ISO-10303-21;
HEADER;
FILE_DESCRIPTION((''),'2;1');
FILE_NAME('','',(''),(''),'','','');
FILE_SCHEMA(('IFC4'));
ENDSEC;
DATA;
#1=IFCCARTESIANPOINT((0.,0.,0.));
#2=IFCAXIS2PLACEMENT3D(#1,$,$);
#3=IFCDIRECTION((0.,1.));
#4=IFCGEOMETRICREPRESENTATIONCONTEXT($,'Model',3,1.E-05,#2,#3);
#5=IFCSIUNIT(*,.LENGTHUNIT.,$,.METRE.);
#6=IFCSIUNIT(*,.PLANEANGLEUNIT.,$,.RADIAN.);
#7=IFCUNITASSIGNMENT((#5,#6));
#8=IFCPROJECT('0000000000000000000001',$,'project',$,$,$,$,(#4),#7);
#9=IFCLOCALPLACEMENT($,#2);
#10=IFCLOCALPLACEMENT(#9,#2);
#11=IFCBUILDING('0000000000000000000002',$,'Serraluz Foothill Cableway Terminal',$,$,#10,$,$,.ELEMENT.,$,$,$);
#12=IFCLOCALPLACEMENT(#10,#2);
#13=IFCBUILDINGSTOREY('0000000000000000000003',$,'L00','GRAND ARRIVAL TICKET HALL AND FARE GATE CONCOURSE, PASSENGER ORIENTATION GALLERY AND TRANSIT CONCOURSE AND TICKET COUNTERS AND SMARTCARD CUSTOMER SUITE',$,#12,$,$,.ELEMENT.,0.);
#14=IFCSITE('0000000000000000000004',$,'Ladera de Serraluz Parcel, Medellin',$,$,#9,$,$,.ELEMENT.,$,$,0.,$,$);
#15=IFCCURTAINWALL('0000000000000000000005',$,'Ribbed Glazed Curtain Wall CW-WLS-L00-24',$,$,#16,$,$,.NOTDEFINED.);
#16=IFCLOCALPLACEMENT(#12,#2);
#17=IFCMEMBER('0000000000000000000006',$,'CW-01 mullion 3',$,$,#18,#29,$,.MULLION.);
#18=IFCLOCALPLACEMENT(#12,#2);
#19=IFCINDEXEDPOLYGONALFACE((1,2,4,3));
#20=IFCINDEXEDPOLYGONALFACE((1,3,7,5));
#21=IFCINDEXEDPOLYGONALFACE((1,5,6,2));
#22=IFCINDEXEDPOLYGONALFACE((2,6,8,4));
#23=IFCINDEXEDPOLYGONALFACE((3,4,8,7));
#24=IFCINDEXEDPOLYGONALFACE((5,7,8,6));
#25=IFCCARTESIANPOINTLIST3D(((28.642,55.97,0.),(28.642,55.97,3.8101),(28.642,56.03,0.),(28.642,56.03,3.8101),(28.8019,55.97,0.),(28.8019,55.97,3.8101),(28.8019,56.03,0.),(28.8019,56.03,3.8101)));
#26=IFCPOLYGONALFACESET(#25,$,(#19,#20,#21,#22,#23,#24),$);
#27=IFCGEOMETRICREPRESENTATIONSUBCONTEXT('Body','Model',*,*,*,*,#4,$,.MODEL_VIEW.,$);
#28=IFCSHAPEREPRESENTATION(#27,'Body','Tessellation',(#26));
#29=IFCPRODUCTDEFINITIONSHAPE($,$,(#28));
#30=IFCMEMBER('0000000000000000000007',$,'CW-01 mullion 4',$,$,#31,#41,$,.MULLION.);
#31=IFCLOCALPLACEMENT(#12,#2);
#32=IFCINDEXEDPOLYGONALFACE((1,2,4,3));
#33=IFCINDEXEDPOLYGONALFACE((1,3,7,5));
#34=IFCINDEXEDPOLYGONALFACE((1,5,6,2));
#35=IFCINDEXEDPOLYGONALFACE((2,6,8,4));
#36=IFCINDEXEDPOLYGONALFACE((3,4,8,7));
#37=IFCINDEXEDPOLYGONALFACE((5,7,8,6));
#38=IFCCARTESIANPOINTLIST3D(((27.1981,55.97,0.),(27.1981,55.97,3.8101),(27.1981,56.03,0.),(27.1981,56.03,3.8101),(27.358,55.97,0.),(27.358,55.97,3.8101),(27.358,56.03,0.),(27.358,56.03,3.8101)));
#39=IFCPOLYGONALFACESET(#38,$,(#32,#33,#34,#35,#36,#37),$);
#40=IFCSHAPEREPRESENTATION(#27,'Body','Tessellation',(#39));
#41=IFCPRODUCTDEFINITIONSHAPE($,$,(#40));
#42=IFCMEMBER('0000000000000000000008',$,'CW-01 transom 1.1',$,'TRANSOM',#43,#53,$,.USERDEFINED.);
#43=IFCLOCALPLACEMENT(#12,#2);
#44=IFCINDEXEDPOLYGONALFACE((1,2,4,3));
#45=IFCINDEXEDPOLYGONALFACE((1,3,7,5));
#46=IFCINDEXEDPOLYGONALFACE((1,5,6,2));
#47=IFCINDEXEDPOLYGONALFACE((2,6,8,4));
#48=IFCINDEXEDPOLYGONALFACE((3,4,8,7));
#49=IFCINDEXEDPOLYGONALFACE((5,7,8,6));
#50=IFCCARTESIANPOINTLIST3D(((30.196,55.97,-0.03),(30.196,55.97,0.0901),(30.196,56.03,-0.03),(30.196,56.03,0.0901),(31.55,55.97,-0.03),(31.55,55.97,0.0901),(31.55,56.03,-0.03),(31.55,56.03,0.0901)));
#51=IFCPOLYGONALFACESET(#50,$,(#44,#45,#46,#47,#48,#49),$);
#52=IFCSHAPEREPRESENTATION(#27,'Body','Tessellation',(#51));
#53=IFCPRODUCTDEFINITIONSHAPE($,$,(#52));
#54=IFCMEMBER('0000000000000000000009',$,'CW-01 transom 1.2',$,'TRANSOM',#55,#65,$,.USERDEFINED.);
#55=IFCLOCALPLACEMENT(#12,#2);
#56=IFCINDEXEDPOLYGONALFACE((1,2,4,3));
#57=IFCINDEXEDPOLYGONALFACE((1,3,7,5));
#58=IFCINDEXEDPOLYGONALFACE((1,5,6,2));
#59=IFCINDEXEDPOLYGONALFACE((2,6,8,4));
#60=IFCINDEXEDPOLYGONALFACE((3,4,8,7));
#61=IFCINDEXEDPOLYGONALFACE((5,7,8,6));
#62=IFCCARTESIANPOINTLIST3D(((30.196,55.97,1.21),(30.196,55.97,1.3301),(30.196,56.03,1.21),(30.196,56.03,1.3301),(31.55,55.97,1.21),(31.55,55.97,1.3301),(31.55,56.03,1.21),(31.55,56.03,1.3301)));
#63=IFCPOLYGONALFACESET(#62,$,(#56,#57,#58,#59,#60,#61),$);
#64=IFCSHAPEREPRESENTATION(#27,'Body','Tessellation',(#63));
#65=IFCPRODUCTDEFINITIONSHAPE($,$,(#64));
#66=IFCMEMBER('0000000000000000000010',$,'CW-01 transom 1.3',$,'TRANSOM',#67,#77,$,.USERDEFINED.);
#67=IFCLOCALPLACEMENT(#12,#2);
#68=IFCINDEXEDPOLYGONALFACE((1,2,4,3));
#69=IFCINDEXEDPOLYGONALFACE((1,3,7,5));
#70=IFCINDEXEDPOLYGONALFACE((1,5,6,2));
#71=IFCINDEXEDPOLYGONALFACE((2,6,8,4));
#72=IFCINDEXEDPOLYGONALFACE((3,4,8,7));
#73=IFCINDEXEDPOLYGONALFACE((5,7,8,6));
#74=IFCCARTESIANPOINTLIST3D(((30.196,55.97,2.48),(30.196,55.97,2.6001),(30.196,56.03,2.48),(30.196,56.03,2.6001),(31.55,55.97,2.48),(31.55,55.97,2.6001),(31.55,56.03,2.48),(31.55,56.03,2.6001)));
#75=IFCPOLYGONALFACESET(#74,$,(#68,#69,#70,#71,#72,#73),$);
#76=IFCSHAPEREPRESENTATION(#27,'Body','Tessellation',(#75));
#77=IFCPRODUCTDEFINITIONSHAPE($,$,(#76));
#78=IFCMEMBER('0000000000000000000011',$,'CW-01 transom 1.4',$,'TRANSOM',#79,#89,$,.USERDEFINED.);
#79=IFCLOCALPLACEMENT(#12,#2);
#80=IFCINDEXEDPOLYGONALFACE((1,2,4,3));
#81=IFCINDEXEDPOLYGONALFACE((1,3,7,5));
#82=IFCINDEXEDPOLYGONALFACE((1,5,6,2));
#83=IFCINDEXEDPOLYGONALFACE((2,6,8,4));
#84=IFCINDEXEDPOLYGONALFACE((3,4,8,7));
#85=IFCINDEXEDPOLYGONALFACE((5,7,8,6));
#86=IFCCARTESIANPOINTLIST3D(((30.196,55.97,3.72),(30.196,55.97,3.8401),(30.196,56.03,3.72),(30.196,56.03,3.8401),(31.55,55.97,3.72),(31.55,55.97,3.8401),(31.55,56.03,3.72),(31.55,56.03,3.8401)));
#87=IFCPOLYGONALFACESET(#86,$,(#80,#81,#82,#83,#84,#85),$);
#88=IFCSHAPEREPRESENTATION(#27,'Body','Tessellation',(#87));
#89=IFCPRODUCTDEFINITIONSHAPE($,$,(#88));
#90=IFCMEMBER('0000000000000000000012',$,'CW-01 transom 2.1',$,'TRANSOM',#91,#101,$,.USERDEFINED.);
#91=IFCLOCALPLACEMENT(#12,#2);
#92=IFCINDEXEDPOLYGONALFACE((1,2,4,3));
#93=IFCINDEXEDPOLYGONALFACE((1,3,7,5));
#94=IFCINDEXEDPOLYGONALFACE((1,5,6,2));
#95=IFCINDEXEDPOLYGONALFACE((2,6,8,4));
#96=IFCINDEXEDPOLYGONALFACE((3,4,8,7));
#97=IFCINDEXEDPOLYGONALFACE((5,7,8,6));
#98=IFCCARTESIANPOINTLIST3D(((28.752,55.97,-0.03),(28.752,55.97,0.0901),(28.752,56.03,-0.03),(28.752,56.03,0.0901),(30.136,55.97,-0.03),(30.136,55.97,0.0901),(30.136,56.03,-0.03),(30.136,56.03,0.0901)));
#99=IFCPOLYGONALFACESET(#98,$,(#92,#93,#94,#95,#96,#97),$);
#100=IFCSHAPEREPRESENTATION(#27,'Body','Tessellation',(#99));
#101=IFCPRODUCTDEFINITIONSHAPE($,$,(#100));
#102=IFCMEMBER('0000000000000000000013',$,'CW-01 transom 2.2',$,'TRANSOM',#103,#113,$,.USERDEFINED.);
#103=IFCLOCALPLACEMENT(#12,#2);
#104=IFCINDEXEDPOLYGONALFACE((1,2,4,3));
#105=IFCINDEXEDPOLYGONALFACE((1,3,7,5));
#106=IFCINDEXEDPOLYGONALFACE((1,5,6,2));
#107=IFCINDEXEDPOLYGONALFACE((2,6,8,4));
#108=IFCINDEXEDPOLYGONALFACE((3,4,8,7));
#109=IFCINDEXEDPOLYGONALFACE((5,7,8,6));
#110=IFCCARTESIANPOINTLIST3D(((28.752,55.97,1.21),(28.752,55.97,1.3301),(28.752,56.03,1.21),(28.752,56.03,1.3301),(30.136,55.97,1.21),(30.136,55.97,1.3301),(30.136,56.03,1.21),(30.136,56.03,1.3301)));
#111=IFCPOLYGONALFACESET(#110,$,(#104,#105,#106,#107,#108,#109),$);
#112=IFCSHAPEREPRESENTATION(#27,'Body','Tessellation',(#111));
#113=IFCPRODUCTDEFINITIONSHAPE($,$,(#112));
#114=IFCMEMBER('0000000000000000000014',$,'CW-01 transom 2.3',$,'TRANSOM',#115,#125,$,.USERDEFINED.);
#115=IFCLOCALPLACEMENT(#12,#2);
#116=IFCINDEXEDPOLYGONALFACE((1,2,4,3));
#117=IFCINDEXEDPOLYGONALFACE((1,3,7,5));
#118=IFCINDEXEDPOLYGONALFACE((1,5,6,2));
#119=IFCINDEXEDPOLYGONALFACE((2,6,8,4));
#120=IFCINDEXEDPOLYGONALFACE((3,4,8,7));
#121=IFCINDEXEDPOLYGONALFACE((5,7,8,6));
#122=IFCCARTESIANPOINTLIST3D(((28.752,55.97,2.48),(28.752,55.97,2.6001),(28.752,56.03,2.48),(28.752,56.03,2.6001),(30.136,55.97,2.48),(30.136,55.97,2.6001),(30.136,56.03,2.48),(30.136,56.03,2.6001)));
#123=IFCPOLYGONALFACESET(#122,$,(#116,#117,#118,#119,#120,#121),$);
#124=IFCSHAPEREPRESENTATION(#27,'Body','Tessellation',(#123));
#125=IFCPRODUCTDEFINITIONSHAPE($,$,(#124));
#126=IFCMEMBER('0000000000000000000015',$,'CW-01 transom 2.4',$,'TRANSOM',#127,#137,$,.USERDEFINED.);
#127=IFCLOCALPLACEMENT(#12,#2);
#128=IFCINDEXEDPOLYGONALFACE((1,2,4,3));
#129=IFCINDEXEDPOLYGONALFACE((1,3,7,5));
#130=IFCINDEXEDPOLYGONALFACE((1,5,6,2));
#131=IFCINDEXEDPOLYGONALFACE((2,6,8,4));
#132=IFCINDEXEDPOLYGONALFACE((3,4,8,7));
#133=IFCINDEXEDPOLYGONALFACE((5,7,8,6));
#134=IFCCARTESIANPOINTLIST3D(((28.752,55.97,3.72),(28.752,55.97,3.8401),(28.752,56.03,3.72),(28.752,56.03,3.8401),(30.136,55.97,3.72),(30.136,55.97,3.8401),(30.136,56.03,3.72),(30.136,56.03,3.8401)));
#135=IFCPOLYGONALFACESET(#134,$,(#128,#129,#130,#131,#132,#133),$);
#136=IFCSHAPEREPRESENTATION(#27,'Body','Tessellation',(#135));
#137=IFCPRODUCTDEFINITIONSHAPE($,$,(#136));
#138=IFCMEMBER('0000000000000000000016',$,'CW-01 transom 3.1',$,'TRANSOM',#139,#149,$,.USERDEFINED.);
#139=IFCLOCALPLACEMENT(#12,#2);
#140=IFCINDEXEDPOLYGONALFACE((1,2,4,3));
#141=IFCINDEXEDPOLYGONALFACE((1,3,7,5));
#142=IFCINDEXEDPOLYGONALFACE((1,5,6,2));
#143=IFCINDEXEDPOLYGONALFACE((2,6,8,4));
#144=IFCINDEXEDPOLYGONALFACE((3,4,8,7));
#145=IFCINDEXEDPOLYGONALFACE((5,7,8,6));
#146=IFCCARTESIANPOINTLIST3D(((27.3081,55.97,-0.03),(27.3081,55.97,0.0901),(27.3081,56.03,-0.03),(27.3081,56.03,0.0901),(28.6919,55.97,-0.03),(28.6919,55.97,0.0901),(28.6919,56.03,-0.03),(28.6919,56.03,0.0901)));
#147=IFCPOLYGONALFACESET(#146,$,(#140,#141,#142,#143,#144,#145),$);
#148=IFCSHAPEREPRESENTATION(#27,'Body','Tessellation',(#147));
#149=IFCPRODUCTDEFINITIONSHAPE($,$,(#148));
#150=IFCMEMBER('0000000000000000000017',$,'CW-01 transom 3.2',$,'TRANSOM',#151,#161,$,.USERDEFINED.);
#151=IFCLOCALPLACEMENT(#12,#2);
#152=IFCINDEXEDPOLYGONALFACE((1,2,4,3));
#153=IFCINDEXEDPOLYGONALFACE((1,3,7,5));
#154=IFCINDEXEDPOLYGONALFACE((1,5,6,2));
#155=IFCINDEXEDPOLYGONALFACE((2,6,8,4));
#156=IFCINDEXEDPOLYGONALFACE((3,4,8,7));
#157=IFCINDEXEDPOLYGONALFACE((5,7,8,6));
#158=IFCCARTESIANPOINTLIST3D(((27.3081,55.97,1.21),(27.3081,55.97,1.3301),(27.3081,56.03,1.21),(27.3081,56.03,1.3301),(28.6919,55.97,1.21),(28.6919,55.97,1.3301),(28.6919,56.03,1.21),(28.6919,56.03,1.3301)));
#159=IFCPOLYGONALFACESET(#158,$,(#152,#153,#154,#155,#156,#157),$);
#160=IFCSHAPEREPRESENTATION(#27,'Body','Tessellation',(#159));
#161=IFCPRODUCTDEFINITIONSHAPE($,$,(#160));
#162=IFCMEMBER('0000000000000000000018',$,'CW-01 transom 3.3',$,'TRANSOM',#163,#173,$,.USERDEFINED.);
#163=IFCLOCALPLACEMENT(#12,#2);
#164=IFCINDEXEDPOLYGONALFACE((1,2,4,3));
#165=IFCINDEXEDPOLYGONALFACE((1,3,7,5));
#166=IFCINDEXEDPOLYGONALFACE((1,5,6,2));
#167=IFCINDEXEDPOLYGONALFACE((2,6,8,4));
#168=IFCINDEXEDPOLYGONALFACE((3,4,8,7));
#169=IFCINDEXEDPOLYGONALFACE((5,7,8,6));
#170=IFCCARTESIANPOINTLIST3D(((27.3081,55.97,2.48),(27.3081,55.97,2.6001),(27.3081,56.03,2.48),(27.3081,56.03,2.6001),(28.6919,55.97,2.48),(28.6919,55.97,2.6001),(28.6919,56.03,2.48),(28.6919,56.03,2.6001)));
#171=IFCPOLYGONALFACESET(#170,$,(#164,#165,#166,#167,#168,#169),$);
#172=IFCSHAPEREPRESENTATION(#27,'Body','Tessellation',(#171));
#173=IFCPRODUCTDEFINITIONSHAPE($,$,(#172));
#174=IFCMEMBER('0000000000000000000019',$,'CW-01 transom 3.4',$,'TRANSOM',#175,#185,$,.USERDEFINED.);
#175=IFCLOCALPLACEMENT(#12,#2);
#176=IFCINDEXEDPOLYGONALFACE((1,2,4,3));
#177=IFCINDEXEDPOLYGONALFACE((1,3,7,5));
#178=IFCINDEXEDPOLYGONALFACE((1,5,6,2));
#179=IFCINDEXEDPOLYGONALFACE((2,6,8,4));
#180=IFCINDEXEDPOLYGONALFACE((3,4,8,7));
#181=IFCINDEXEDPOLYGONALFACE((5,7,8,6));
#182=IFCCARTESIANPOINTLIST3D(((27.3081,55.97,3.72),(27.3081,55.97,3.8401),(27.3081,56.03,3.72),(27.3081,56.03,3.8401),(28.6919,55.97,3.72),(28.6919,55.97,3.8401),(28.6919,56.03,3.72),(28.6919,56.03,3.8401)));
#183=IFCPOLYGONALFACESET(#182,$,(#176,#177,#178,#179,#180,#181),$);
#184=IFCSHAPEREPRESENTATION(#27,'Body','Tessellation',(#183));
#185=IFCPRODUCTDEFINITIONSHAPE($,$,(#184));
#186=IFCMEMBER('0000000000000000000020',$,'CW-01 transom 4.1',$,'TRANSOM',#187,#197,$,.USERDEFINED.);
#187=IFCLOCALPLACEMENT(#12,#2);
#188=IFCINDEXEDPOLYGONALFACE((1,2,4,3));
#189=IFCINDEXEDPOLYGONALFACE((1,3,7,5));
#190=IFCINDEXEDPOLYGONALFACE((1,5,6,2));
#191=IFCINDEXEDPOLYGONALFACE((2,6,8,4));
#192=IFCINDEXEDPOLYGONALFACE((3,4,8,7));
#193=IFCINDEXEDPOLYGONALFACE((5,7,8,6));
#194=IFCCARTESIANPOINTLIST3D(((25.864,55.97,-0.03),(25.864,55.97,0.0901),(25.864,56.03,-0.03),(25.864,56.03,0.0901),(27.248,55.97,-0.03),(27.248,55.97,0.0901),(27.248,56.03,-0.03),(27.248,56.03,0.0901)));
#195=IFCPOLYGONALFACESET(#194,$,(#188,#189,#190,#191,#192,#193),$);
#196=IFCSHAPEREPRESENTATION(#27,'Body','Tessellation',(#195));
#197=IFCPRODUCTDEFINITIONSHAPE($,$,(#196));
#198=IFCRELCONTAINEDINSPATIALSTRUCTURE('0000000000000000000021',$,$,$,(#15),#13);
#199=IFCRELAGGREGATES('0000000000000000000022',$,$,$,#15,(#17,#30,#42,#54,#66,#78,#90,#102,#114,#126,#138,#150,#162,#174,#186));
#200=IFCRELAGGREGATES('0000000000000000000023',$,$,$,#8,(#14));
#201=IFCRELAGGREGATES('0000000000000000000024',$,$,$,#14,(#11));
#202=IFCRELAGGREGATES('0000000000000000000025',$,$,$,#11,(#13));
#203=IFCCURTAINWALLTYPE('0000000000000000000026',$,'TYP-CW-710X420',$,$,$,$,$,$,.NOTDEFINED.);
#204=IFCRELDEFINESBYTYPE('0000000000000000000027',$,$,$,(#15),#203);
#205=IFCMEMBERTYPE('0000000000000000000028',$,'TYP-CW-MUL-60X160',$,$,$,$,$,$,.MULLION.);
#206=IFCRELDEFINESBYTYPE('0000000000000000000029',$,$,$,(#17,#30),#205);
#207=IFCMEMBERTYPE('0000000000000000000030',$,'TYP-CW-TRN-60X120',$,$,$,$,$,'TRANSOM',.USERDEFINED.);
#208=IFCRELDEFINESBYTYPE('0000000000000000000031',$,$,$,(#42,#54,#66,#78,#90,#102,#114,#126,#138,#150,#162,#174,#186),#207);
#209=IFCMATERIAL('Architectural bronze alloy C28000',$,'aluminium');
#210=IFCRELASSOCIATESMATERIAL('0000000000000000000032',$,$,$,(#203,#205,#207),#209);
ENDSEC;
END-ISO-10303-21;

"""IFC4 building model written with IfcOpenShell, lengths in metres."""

from ifc_helpers import new_model, si_unit, direction, frame, origin, origin_2d, place, context, subcontext, project, spatial, rectangle, extrude, material, material_profile, profile_set, type_object, element, aggregate, save


model = new_model("IFC4")

# Units and contexts
model_context = context("Model", 3, precision=1e-05, world=origin(), true_north=direction((0.0, 1.0)))
body_context = subcontext(model_context, "Body", "Model", "MODEL_VIEW")
ifc_project = project(units=[si_unit("LENGTHUNIT", "METRE"), si_unit("PLANEANGLEUNIT", "RADIAN")], contexts=[model_context])

# Site, building, storey
site_placement = place(None, origin())
site = spatial("IfcSite", under=ifc_project, at=site_placement, Name="Ladera de Serraluz Parcel, Medellin", CompositionType="ELEMENT", RefElevation=0.0)
building_placement = place(site_placement, origin())
building = spatial("IfcBuilding", under=site, at=building_placement, Name="Serraluz Foothill Cableway Terminal", CompositionType="ELEMENT")
storey_placement = place(building_placement, origin())
storey = spatial("IfcBuildingStorey", under=building, at=storey_placement, Name="L00", Description="GRAND ARRIVAL TICKET HALL AND FARE GATE CONCOURSE, PASSENGER ORIENTATION GALLERY AND TRANSIT CONCOURSE AND TICKET COUNTERS AND SMARTCARD CUSTOMER SUITE", CompositionType="ELEMENT", Elevation=0.0)

# Curtain wall, members
ifc_material_1 = material(Name="Architectural bronze alloy C28000", Category="aluminium")
curtain_wall_type = type_object("IfcCurtainWallType", Name="TYP-CW-710X420", PredefinedType="NOTDEFINED", material=ifc_material_1)
curtain_wall_placement = place(storey_placement, origin())
curtain_wall = element("IfcCurtainWall", 1, at=curtain_wall_placement, inside=storey, type_object=curtain_wall_type, Name="Ribbed Glazed Curtain Wall CW-WLS-L00-24", PredefinedType="NOTDEFINED")
ifc_material_profile_1 = material_profile(ifc_material_1, rectangle(XDim=0.0601, YDim=0.1599, at=origin_2d()), Name="ALU MULLION 60x160")
ifc_profile_set_1 = profile_set([ifc_material_profile_1], Name="Architectural bronze alloy C28000")
member_type_1 = type_object("IfcMemberType", Name="TYP-CW-MUL-60X160", PredefinedType="MULLION", material=ifc_profile_set_1)
member_1_placement = place(storey_placement, frame((28.7219, 56.0, 0.0), z_axis=(0.0, 0.0, 1.0), x_axis=(0.0, -1.0, 0.0)))
member_1 = element("IfcMember", 2, at=member_1_placement, type_object=member_type_1, Name="CW-01 mullion 3", PredefinedType="MULLION", context=body_context, shape_type="SweptSolid", body=[
    extrude(rectangle(XDim=0.0601, YDim=0.1599, at=origin_2d()), origin(), (0.0, 0.0, 1.0), 3.8101),
])
member_2_placement = place(storey_placement, frame((27.2781, 56.0, 0.0), z_axis=(0.0, 0.0, 1.0), x_axis=(0.0, -1.0, 0.0)))
member_2 = element("IfcMember", 3, at=member_2_placement, type_object=member_type_1, Name="CW-01 mullion 4", PredefinedType="MULLION", context=body_context, shape_type="SweptSolid", body=[
    extrude(rectangle(XDim=0.0601, YDim=0.1599, at=origin_2d()), origin(), (0.0, 0.0, 1.0), 3.8101),
])
ifc_material_profile_2 = material_profile(ifc_material_1, rectangle(XDim=0.0601, YDim=0.1201, at=origin_2d()), Name="ALU TRANSOM 60x120")
ifc_profile_set_2 = profile_set([ifc_material_profile_2], Name="Architectural bronze alloy C28000")
member_type_2 = type_object("IfcMemberType", Name="TYP-CW-TRN-60X120", ElementType="TRANSOM", PredefinedType="USERDEFINED", material=ifc_profile_set_2)
member_3_placement = place(storey_placement, frame((31.55, 56.0, 0.03), z_axis=(-1.0, 0.0, 0.0), x_axis=(0.0, -1.0, 0.0)))
member_3 = element("IfcMember", 4, at=member_3_placement, type_object=member_type_2, Name="CW-01 transom 1.1", ObjectType="TRANSOM", PredefinedType="USERDEFINED", context=body_context, shape_type="SweptSolid", body=[
    extrude(rectangle(XDim=0.0601, YDim=0.1201, at=origin_2d()), origin(), (0.0, 0.0, 1.0), 1.354),
])
member_4_placement = place(storey_placement, frame((31.55, 56.0, 1.27), z_axis=(-1.0, 0.0, 0.0), x_axis=(0.0, -1.0, 0.0)))
member_4 = element("IfcMember", 5, at=member_4_placement, type_object=member_type_2, Name="CW-01 transom 1.2", ObjectType="TRANSOM", PredefinedType="USERDEFINED", context=body_context, shape_type="SweptSolid", body=[
    extrude(rectangle(XDim=0.0601, YDim=0.1201, at=origin_2d()), origin(), (0.0, 0.0, 1.0), 1.354),
])
member_5_placement = place(storey_placement, frame((31.55, 56.0, 2.54), z_axis=(-1.0, 0.0, 0.0), x_axis=(0.0, -1.0, 0.0)))
member_5 = element("IfcMember", 6, at=member_5_placement, type_object=member_type_2, Name="CW-01 transom 1.3", ObjectType="TRANSOM", PredefinedType="USERDEFINED", context=body_context, shape_type="SweptSolid", body=[
    extrude(rectangle(XDim=0.0601, YDim=0.1201, at=origin_2d()), origin(), (0.0, 0.0, 1.0), 1.354),
])
member_6_placement = place(storey_placement, frame((31.55, 56.0, 3.78), z_axis=(-1.0, 0.0, 0.0), x_axis=(0.0, -1.0, 0.0)))
member_6 = element("IfcMember", 7, at=member_6_placement, type_object=member_type_2, Name="CW-01 transom 1.4", ObjectType="TRANSOM", PredefinedType="USERDEFINED", context=body_context, shape_type="SweptSolid", body=[
    extrude(rectangle(XDim=0.0601, YDim=0.1201, at=origin_2d()), origin(), (0.0, 0.0, 1.0), 1.354),
])
member_7_placement = place(storey_placement, frame((30.136, 56.0, 0.03), z_axis=(-1.0, 0.0, 0.0), x_axis=(0.0, -1.0, 0.0)))
member_7 = element("IfcMember", 8, at=member_7_placement, type_object=member_type_2, Name="CW-01 transom 2.1", ObjectType="TRANSOM", PredefinedType="USERDEFINED", context=body_context, shape_type="SweptSolid", body=[
    extrude(rectangle(XDim=0.0601, YDim=0.1201, at=origin_2d()), origin(), (0.0, 0.0, 1.0), 1.384),
])
member_8_placement = place(storey_placement, frame((30.136, 56.0, 1.27), z_axis=(-1.0, 0.0, 0.0), x_axis=(0.0, -1.0, 0.0)))
member_8 = element("IfcMember", 9, at=member_8_placement, type_object=member_type_2, Name="CW-01 transom 2.2", ObjectType="TRANSOM", PredefinedType="USERDEFINED", context=body_context, shape_type="SweptSolid", body=[
    extrude(rectangle(XDim=0.0601, YDim=0.1201, at=origin_2d()), origin(), (0.0, 0.0, 1.0), 1.384),
])
member_9_placement = place(storey_placement, frame((30.136, 56.0, 2.54), z_axis=(-1.0, 0.0, 0.0), x_axis=(0.0, -1.0, 0.0)))
member_9 = element("IfcMember", 10, at=member_9_placement, type_object=member_type_2, Name="CW-01 transom 2.3", ObjectType="TRANSOM", PredefinedType="USERDEFINED", context=body_context, shape_type="SweptSolid", body=[
    extrude(rectangle(XDim=0.0601, YDim=0.1201, at=origin_2d()), origin(), (0.0, 0.0, 1.0), 1.384),
])
member_10_placement = place(storey_placement, frame((30.136, 56.0, 3.78), z_axis=(-1.0, 0.0, 0.0), x_axis=(0.0, -1.0, 0.0)))
member_10 = element("IfcMember", 11, at=member_10_placement, type_object=member_type_2, Name="CW-01 transom 2.4", ObjectType="TRANSOM", PredefinedType="USERDEFINED", context=body_context, shape_type="SweptSolid", body=[
    extrude(rectangle(XDim=0.0601, YDim=0.1201, at=origin_2d()), origin(), (0.0, 0.0, 1.0), 1.384),
])
member_11_placement = place(storey_placement, frame((28.6919, 56.0, 0.03), z_axis=(-1.0, 0.0, 0.0), x_axis=(0.0, -1.0, 0.0)))
member_11 = element("IfcMember", 12, at=member_11_placement, type_object=member_type_2, Name="CW-01 transom 3.1", ObjectType="TRANSOM", PredefinedType="USERDEFINED", context=body_context, shape_type="SweptSolid", body=[
    extrude(rectangle(XDim=0.0601, YDim=0.1201, at=origin_2d()), origin(), (0.0, 0.0, 1.0), 1.3838),
])
member_12_placement = place(storey_placement, frame((28.6919, 56.0, 1.27), z_axis=(-1.0, 0.0, 0.0), x_axis=(0.0, -1.0, 0.0)))
member_12 = element("IfcMember", 13, at=member_12_placement, type_object=member_type_2, Name="CW-01 transom 3.2", ObjectType="TRANSOM", PredefinedType="USERDEFINED", context=body_context, shape_type="SweptSolid", body=[
    extrude(rectangle(XDim=0.0601, YDim=0.1201, at=origin_2d()), origin(), (0.0, 0.0, 1.0), 1.3838),
])
member_13_placement = place(storey_placement, frame((28.6919, 56.0, 2.54), z_axis=(-1.0, 0.0, 0.0), x_axis=(0.0, -1.0, 0.0)))
member_13 = element("IfcMember", 14, at=member_13_placement, type_object=member_type_2, Name="CW-01 transom 3.3", ObjectType="TRANSOM", PredefinedType="USERDEFINED", context=body_context, shape_type="SweptSolid", body=[
    extrude(rectangle(XDim=0.0601, YDim=0.1201, at=origin_2d()), origin(), (0.0, 0.0, 1.0), 1.3838),
])
member_14_placement = place(storey_placement, frame((28.6919, 56.0, 3.78), z_axis=(-1.0, 0.0, 0.0), x_axis=(0.0, -1.0, 0.0)))
member_14 = element("IfcMember", 15, at=member_14_placement, type_object=member_type_2, Name="CW-01 transom 3.4", ObjectType="TRANSOM", PredefinedType="USERDEFINED", context=body_context, shape_type="SweptSolid", body=[
    extrude(rectangle(XDim=0.0601, YDim=0.1201, at=origin_2d()), origin(), (0.0, 0.0, 1.0), 1.3838),
])
member_15_placement = place(storey_placement, frame((27.248, 56.0, 0.03), z_axis=(-1.0, 0.0, 0.0), x_axis=(0.0, -1.0, 0.0)))
member_15 = element("IfcMember", 16, at=member_15_placement, type_object=member_type_2, Name="CW-01 transom 4.1", ObjectType="TRANSOM", PredefinedType="USERDEFINED", context=body_context, shape_type="SweptSolid", body=[
    extrude(rectangle(XDim=0.0601, YDim=0.1201, at=origin_2d()), origin(), (0.0, 0.0, 1.0), 1.384),
])

aggregate(curtain_wall, [member_1, member_2, member_3, member_4, member_5, member_6, member_7, member_8, member_9, member_10, member_11, member_12, member_13, member_14, member_15])

save(model, "model.ifc")
